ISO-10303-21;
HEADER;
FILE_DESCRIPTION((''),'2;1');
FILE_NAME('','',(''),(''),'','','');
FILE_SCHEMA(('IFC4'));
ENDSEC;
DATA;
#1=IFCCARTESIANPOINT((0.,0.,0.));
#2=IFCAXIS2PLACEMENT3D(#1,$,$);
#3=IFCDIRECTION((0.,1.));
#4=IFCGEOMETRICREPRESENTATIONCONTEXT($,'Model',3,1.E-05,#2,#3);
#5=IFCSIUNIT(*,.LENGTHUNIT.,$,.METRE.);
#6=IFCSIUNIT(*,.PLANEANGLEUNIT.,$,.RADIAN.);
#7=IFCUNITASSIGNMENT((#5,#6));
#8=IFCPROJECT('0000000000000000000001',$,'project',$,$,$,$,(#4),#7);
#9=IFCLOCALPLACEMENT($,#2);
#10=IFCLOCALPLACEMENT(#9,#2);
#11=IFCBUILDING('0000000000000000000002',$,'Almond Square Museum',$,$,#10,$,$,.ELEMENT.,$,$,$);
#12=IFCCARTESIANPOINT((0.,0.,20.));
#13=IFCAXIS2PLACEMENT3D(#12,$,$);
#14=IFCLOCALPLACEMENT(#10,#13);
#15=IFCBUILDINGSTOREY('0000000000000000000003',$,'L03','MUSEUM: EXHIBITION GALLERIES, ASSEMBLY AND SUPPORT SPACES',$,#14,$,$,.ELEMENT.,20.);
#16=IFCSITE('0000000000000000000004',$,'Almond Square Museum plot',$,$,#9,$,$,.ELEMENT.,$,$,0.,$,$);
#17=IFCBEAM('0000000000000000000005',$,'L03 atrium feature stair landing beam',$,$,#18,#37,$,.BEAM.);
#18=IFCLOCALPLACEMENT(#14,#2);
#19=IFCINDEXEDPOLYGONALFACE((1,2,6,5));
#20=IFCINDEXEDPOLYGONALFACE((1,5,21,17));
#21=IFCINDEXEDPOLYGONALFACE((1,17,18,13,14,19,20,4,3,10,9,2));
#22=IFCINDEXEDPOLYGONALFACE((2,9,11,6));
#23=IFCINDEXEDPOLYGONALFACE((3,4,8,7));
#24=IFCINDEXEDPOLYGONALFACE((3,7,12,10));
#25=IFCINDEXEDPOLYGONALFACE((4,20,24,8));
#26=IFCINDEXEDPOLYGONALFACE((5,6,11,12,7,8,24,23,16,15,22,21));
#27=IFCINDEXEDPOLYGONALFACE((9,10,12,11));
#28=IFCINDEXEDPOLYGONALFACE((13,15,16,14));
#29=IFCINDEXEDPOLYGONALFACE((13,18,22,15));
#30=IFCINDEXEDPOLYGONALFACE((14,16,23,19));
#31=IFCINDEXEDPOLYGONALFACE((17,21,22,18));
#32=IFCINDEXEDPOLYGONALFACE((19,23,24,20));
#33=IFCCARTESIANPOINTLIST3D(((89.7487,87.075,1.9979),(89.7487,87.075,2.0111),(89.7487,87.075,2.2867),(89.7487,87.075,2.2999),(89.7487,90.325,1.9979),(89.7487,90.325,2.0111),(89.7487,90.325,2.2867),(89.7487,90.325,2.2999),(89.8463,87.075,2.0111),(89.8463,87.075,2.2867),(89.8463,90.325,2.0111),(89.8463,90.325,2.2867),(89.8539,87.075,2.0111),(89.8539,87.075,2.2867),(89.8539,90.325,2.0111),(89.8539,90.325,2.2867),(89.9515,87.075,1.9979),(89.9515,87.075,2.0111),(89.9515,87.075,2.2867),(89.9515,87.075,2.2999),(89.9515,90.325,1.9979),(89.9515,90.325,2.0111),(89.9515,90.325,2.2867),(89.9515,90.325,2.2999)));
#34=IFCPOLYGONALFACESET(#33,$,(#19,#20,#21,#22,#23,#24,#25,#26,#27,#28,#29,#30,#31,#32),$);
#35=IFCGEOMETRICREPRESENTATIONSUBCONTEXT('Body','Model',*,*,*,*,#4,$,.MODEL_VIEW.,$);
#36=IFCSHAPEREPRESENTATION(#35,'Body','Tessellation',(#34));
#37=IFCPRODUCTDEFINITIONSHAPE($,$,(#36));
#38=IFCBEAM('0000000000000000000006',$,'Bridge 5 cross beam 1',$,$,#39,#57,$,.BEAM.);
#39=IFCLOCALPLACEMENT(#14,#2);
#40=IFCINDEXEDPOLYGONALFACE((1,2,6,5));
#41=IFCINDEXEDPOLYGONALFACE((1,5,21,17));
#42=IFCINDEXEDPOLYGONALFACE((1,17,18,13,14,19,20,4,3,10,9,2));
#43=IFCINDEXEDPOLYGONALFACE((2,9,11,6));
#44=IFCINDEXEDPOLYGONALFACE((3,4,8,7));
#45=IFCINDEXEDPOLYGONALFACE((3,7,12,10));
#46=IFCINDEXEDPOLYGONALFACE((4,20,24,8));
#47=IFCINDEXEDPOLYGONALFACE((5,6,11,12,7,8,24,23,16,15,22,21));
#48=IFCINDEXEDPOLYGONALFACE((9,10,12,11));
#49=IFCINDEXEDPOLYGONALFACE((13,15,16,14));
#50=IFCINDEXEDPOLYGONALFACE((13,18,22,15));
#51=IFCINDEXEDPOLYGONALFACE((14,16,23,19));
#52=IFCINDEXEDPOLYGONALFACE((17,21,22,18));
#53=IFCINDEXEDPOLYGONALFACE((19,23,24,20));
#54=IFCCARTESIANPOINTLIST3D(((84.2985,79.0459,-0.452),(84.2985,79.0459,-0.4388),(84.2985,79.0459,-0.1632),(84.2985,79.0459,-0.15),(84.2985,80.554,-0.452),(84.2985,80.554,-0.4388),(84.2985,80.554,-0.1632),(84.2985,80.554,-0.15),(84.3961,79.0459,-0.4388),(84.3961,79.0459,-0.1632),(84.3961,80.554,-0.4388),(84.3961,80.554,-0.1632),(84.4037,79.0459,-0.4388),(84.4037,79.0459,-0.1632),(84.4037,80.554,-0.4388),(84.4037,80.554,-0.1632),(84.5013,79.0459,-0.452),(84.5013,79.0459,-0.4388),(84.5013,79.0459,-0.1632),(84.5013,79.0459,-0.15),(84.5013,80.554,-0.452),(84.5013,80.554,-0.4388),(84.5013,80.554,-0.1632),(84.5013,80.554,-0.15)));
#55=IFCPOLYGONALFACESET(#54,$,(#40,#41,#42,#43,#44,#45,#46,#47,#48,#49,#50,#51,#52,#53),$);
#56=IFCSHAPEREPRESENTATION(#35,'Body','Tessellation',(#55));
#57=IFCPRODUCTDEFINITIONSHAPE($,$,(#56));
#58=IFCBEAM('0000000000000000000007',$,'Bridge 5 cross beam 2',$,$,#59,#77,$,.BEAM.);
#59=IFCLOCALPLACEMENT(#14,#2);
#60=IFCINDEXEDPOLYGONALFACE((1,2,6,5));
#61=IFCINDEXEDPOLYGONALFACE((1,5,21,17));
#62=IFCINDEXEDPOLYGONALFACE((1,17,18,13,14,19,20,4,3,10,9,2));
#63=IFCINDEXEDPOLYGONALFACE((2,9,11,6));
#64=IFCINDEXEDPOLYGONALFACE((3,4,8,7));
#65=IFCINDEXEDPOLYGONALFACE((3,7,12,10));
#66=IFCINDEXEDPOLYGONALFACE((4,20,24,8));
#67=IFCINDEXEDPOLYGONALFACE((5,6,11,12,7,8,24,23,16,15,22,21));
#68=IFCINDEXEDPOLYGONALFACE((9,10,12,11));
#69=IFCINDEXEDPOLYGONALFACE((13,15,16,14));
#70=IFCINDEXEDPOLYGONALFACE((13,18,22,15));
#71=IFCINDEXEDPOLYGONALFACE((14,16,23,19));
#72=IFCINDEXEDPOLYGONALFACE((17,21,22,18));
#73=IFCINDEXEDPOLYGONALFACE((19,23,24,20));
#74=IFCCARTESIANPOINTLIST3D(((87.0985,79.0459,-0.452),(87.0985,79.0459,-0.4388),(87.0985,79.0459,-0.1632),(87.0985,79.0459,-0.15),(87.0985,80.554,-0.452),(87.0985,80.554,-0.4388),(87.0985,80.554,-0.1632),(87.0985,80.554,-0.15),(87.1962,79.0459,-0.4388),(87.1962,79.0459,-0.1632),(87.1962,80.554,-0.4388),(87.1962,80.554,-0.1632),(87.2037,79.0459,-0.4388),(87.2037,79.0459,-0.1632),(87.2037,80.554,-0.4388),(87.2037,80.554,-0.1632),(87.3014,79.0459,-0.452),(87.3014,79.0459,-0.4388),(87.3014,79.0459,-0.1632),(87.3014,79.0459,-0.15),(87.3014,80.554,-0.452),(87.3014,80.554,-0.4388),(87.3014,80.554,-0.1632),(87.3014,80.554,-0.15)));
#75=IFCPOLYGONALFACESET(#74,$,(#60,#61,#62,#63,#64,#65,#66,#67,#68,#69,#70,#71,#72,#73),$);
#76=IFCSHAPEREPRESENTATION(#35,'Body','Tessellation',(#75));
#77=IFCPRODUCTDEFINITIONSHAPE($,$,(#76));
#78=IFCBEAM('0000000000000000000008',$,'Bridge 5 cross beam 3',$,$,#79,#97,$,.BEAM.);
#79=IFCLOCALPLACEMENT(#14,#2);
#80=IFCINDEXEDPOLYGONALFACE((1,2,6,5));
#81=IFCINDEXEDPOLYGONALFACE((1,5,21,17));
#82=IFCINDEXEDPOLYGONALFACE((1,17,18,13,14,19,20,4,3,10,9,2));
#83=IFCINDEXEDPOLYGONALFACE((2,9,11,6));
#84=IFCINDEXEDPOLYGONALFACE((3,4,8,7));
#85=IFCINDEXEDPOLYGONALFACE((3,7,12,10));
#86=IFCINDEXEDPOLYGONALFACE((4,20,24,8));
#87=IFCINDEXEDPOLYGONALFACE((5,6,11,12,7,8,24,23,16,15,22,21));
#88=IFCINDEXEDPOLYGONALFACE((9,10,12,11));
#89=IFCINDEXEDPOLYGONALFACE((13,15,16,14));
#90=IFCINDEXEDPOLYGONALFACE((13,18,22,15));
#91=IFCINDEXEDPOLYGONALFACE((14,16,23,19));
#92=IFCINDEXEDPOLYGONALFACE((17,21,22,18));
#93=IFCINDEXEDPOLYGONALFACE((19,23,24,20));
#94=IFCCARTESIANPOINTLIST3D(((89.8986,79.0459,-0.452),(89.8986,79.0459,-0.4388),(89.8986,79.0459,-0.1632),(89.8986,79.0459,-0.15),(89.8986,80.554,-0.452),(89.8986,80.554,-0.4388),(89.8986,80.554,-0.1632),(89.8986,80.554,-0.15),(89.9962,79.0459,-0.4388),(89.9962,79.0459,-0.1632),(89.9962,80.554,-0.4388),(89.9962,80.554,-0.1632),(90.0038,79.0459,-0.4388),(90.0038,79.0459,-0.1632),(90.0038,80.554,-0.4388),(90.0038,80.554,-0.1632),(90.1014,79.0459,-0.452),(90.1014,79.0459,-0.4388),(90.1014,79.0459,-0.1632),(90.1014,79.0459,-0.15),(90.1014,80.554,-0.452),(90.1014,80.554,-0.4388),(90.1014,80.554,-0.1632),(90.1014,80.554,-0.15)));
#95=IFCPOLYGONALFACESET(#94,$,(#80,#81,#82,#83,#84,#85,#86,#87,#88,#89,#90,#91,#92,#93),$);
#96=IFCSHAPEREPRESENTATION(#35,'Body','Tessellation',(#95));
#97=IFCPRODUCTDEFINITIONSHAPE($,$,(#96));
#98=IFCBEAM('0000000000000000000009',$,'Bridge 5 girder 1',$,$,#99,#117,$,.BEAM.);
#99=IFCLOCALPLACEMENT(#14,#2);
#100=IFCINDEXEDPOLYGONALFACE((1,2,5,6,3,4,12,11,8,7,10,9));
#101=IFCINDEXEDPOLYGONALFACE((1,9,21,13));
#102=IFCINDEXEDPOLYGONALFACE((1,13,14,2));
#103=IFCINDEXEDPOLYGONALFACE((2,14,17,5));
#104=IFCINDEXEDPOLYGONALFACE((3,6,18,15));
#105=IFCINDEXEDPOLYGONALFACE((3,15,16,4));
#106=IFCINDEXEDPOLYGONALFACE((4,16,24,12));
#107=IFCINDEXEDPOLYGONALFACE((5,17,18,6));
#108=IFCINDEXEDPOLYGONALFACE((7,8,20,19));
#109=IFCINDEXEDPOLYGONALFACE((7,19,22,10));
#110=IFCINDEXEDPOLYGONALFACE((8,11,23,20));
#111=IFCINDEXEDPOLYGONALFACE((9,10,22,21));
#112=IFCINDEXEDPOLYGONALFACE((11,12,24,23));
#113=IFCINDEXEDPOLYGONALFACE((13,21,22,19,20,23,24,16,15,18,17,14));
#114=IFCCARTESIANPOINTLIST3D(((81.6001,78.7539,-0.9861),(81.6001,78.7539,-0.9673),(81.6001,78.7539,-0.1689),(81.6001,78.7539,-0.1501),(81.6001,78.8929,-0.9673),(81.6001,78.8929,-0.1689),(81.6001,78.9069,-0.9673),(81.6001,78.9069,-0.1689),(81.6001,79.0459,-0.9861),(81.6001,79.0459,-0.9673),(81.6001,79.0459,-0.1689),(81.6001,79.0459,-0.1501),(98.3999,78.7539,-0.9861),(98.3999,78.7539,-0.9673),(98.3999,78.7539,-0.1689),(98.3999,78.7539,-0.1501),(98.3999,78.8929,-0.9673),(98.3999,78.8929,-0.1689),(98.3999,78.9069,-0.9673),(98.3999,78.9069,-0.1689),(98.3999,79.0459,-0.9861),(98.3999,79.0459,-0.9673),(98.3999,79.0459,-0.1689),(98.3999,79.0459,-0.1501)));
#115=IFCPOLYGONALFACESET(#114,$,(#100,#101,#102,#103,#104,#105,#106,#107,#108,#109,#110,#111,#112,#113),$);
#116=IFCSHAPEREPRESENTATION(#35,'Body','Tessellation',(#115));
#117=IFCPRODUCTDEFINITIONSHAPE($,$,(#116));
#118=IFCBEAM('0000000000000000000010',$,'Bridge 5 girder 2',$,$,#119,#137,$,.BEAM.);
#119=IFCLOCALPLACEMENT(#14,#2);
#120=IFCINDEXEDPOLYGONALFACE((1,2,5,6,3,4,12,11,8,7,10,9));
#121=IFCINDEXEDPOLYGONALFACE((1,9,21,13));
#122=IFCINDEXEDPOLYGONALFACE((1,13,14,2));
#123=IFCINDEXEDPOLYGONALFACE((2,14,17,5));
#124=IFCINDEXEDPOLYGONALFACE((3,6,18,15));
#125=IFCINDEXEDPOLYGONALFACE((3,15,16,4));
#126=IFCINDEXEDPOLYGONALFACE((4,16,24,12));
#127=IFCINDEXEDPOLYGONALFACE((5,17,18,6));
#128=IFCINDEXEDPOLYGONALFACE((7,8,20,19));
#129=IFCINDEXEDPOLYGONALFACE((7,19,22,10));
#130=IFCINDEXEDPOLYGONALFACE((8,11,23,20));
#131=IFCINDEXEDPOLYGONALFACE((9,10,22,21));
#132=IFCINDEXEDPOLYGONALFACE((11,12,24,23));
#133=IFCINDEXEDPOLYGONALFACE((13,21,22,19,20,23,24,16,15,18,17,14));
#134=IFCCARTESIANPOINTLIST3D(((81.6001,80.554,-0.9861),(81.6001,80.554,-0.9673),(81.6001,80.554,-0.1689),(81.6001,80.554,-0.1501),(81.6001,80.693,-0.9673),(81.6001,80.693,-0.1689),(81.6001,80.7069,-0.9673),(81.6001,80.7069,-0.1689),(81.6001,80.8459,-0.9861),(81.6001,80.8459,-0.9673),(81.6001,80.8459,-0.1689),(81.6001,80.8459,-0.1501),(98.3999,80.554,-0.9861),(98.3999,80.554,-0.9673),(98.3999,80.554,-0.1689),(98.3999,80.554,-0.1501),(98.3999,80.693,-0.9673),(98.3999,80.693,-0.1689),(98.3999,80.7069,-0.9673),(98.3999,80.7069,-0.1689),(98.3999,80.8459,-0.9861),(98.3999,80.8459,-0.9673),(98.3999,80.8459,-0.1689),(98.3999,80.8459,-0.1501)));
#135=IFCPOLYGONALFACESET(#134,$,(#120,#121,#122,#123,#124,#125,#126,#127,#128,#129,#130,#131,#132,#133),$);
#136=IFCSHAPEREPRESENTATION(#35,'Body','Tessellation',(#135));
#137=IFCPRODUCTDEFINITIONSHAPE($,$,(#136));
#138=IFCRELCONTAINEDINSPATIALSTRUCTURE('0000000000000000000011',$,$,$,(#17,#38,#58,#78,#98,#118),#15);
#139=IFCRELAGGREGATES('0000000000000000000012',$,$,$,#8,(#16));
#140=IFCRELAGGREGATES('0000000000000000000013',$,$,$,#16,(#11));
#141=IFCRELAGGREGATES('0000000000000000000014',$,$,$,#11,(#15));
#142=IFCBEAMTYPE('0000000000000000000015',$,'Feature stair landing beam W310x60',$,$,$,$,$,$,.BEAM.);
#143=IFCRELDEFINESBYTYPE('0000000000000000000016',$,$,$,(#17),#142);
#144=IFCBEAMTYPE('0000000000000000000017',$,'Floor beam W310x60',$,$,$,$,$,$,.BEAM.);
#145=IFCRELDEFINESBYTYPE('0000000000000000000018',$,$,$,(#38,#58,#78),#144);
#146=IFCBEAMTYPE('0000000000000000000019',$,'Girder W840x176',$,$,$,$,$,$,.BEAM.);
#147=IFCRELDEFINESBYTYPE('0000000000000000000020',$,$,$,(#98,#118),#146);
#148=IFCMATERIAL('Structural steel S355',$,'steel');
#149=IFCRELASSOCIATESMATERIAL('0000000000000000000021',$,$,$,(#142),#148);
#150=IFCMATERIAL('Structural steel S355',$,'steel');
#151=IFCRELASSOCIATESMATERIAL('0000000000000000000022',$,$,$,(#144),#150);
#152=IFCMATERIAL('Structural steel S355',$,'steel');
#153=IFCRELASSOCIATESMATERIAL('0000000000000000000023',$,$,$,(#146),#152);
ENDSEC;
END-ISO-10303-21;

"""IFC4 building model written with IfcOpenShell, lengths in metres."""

from ifc_helpers import new_model, si_unit, direction, frame, origin, origin_2d, place, context, subcontext, project, spatial, i_section, extrude, material, material_profile, profile_set, type_object, element, save


model = new_model("IFC4")

# Units and contexts
model_context = context("Model", 3, precision=1e-05, world=origin(), true_north=direction((0.0, 1.0)))
body_context = subcontext(model_context, "Body", "Model", "MODEL_VIEW")
ifc_project = project(units=[si_unit("LENGTHUNIT", "METRE"), si_unit("PLANEANGLEUNIT", "RADIAN")], contexts=[model_context])

# Site, building, storey
site_placement = place(None, origin())
site = spatial("IfcSite", under=ifc_project, at=site_placement, Name="Almond Square Museum plot", CompositionType="ELEMENT", RefElevation=0.0)
building_placement = place(site_placement, origin())
building = spatial("IfcBuilding", under=site, at=building_placement, Name="Almond Square Museum", CompositionType="ELEMENT")
storey_placement = place(building_placement, frame((0.0, 0.0, 20.0)))
storey = spatial("IfcBuildingStorey", under=building, at=storey_placement, Name="L03", Description="MUSEUM: EXHIBITION GALLERIES, ASSEMBLY AND SUPPORT SPACES", CompositionType="ELEMENT", Elevation=20.0)

# Beams
ifc_material_1 = material(Name="Structural steel S355", Category="steel")
ifc_material_profile_1 = material_profile(ifc_material_1, i_section(OverallWidth=0.2029, OverallDepth=0.302, WebThickness=0.0076, FlangeThickness=0.0132, at=origin_2d()))
ifc_profile_set_1 = profile_set([ifc_material_profile_1], Name="Structural steel S355")
beam_type_1 = type_object("IfcBeamType", Name="Feature stair landing beam W310x60", PredefinedType="BEAM", material=ifc_profile_set_1)
for number, where, z_axis, x_axis, name in (
    (1, (89.8501, 87.075, 2.1489), (0.0, 1.0, 0.0), (-1.0, 0.0, 0.0), "L03 atrium feature stair landing beam"),
):
    element("IfcBeam", number, at=place(storey_placement, frame(where, z_axis=z_axis, x_axis=x_axis)), inside=storey, type_object=beam_type_1, Name=name, PredefinedType="BEAM", context=body_context, shape_type="SweptSolid", body=[
        extrude(i_section(OverallWidth=0.2029, OverallDepth=0.302, WebThickness=0.0076, FlangeThickness=0.0132, at=origin_2d()), origin(), (0.0, 0.0, 1.0), 3.25),
    ])
ifc_material_2 = material(Name="Structural steel S355", Category="steel")
ifc_material_profile_2 = material_profile(ifc_material_2, i_section(OverallWidth=0.2029, OverallDepth=0.302, WebThickness=0.0076, FlangeThickness=0.0132, at=origin_2d()))
ifc_profile_set_2 = profile_set([ifc_material_profile_2], Name="Structural steel S355")
beam_type_2 = type_object("IfcBeamType", Name="Floor beam W310x60", PredefinedType="BEAM", material=ifc_profile_set_2)
for number, where, z_axis, x_axis, name in (
    (2, (84.3999, 79.0459, -0.301), (0.0, 1.0, 0.0), (-1.0, 0.0, 0.0), "Bridge 5 cross beam 1"),
    (3, (87.2, 79.0459, -0.301), (0.0, 1.0, 0.0), (-1.0, 0.0, 0.0), "Bridge 5 cross beam 2"),
    (4, (90.0, 79.0459, -0.301), (0.0, 1.0, 0.0), (-1.0, 0.0, 0.0), "Bridge 5 cross beam 3"),
):
    element("IfcBeam", number, at=place(storey_placement, frame(where, z_axis=z_axis, x_axis=x_axis)), inside=storey, type_object=beam_type_2, Name=name, PredefinedType="BEAM", context=body_context, shape_type="SweptSolid", body=[
        extrude(i_section(OverallWidth=0.2029, OverallDepth=0.302, WebThickness=0.0076, FlangeThickness=0.0132, at=origin_2d()), origin(), (0.0, 0.0, 1.0), 1.5081),
    ])
ifc_material_3 = material(Name="Structural steel S355", Category="steel")
ifc_material_profile_3 = material_profile(ifc_material_3, i_section(OverallWidth=0.292, OverallDepth=0.8359, WebThickness=0.0139, FlangeThickness=0.0188, at=origin_2d()))
ifc_profile_set_3 = profile_set([ifc_material_profile_3], Name="Structural steel S355")
beam_type_3 = type_object("IfcBeamType", Name="Girder W840x176", PredefinedType="BEAM", material=ifc_profile_set_3)
for number, where, z_axis, x_axis, name in (
    (5, (81.6001, 78.8999, -0.5681), (1.0, 0.0, 0.0), (0.0, 1.0, 0.0), "Bridge 5 girder 1"),
    (6, (81.6001, 80.7, -0.5681), (1.0, 0.0, 0.0), (0.0, 1.0, 0.0), "Bridge 5 girder 2"),
):
    element("IfcBeam", number, at=place(storey_placement, frame(where, z_axis=z_axis, x_axis=x_axis)), inside=storey, type_object=beam_type_3, Name=name, PredefinedType="BEAM", context=body_context, shape_type="SweptSolid", body=[
        extrude(i_section(OverallWidth=0.292, OverallDepth=0.8359, WebThickness=0.0139, FlangeThickness=0.0188, at=origin_2d()), origin(), (0.0, 0.0, 1.0), 16.7998),
    ])

save(model, "model.ifc")
